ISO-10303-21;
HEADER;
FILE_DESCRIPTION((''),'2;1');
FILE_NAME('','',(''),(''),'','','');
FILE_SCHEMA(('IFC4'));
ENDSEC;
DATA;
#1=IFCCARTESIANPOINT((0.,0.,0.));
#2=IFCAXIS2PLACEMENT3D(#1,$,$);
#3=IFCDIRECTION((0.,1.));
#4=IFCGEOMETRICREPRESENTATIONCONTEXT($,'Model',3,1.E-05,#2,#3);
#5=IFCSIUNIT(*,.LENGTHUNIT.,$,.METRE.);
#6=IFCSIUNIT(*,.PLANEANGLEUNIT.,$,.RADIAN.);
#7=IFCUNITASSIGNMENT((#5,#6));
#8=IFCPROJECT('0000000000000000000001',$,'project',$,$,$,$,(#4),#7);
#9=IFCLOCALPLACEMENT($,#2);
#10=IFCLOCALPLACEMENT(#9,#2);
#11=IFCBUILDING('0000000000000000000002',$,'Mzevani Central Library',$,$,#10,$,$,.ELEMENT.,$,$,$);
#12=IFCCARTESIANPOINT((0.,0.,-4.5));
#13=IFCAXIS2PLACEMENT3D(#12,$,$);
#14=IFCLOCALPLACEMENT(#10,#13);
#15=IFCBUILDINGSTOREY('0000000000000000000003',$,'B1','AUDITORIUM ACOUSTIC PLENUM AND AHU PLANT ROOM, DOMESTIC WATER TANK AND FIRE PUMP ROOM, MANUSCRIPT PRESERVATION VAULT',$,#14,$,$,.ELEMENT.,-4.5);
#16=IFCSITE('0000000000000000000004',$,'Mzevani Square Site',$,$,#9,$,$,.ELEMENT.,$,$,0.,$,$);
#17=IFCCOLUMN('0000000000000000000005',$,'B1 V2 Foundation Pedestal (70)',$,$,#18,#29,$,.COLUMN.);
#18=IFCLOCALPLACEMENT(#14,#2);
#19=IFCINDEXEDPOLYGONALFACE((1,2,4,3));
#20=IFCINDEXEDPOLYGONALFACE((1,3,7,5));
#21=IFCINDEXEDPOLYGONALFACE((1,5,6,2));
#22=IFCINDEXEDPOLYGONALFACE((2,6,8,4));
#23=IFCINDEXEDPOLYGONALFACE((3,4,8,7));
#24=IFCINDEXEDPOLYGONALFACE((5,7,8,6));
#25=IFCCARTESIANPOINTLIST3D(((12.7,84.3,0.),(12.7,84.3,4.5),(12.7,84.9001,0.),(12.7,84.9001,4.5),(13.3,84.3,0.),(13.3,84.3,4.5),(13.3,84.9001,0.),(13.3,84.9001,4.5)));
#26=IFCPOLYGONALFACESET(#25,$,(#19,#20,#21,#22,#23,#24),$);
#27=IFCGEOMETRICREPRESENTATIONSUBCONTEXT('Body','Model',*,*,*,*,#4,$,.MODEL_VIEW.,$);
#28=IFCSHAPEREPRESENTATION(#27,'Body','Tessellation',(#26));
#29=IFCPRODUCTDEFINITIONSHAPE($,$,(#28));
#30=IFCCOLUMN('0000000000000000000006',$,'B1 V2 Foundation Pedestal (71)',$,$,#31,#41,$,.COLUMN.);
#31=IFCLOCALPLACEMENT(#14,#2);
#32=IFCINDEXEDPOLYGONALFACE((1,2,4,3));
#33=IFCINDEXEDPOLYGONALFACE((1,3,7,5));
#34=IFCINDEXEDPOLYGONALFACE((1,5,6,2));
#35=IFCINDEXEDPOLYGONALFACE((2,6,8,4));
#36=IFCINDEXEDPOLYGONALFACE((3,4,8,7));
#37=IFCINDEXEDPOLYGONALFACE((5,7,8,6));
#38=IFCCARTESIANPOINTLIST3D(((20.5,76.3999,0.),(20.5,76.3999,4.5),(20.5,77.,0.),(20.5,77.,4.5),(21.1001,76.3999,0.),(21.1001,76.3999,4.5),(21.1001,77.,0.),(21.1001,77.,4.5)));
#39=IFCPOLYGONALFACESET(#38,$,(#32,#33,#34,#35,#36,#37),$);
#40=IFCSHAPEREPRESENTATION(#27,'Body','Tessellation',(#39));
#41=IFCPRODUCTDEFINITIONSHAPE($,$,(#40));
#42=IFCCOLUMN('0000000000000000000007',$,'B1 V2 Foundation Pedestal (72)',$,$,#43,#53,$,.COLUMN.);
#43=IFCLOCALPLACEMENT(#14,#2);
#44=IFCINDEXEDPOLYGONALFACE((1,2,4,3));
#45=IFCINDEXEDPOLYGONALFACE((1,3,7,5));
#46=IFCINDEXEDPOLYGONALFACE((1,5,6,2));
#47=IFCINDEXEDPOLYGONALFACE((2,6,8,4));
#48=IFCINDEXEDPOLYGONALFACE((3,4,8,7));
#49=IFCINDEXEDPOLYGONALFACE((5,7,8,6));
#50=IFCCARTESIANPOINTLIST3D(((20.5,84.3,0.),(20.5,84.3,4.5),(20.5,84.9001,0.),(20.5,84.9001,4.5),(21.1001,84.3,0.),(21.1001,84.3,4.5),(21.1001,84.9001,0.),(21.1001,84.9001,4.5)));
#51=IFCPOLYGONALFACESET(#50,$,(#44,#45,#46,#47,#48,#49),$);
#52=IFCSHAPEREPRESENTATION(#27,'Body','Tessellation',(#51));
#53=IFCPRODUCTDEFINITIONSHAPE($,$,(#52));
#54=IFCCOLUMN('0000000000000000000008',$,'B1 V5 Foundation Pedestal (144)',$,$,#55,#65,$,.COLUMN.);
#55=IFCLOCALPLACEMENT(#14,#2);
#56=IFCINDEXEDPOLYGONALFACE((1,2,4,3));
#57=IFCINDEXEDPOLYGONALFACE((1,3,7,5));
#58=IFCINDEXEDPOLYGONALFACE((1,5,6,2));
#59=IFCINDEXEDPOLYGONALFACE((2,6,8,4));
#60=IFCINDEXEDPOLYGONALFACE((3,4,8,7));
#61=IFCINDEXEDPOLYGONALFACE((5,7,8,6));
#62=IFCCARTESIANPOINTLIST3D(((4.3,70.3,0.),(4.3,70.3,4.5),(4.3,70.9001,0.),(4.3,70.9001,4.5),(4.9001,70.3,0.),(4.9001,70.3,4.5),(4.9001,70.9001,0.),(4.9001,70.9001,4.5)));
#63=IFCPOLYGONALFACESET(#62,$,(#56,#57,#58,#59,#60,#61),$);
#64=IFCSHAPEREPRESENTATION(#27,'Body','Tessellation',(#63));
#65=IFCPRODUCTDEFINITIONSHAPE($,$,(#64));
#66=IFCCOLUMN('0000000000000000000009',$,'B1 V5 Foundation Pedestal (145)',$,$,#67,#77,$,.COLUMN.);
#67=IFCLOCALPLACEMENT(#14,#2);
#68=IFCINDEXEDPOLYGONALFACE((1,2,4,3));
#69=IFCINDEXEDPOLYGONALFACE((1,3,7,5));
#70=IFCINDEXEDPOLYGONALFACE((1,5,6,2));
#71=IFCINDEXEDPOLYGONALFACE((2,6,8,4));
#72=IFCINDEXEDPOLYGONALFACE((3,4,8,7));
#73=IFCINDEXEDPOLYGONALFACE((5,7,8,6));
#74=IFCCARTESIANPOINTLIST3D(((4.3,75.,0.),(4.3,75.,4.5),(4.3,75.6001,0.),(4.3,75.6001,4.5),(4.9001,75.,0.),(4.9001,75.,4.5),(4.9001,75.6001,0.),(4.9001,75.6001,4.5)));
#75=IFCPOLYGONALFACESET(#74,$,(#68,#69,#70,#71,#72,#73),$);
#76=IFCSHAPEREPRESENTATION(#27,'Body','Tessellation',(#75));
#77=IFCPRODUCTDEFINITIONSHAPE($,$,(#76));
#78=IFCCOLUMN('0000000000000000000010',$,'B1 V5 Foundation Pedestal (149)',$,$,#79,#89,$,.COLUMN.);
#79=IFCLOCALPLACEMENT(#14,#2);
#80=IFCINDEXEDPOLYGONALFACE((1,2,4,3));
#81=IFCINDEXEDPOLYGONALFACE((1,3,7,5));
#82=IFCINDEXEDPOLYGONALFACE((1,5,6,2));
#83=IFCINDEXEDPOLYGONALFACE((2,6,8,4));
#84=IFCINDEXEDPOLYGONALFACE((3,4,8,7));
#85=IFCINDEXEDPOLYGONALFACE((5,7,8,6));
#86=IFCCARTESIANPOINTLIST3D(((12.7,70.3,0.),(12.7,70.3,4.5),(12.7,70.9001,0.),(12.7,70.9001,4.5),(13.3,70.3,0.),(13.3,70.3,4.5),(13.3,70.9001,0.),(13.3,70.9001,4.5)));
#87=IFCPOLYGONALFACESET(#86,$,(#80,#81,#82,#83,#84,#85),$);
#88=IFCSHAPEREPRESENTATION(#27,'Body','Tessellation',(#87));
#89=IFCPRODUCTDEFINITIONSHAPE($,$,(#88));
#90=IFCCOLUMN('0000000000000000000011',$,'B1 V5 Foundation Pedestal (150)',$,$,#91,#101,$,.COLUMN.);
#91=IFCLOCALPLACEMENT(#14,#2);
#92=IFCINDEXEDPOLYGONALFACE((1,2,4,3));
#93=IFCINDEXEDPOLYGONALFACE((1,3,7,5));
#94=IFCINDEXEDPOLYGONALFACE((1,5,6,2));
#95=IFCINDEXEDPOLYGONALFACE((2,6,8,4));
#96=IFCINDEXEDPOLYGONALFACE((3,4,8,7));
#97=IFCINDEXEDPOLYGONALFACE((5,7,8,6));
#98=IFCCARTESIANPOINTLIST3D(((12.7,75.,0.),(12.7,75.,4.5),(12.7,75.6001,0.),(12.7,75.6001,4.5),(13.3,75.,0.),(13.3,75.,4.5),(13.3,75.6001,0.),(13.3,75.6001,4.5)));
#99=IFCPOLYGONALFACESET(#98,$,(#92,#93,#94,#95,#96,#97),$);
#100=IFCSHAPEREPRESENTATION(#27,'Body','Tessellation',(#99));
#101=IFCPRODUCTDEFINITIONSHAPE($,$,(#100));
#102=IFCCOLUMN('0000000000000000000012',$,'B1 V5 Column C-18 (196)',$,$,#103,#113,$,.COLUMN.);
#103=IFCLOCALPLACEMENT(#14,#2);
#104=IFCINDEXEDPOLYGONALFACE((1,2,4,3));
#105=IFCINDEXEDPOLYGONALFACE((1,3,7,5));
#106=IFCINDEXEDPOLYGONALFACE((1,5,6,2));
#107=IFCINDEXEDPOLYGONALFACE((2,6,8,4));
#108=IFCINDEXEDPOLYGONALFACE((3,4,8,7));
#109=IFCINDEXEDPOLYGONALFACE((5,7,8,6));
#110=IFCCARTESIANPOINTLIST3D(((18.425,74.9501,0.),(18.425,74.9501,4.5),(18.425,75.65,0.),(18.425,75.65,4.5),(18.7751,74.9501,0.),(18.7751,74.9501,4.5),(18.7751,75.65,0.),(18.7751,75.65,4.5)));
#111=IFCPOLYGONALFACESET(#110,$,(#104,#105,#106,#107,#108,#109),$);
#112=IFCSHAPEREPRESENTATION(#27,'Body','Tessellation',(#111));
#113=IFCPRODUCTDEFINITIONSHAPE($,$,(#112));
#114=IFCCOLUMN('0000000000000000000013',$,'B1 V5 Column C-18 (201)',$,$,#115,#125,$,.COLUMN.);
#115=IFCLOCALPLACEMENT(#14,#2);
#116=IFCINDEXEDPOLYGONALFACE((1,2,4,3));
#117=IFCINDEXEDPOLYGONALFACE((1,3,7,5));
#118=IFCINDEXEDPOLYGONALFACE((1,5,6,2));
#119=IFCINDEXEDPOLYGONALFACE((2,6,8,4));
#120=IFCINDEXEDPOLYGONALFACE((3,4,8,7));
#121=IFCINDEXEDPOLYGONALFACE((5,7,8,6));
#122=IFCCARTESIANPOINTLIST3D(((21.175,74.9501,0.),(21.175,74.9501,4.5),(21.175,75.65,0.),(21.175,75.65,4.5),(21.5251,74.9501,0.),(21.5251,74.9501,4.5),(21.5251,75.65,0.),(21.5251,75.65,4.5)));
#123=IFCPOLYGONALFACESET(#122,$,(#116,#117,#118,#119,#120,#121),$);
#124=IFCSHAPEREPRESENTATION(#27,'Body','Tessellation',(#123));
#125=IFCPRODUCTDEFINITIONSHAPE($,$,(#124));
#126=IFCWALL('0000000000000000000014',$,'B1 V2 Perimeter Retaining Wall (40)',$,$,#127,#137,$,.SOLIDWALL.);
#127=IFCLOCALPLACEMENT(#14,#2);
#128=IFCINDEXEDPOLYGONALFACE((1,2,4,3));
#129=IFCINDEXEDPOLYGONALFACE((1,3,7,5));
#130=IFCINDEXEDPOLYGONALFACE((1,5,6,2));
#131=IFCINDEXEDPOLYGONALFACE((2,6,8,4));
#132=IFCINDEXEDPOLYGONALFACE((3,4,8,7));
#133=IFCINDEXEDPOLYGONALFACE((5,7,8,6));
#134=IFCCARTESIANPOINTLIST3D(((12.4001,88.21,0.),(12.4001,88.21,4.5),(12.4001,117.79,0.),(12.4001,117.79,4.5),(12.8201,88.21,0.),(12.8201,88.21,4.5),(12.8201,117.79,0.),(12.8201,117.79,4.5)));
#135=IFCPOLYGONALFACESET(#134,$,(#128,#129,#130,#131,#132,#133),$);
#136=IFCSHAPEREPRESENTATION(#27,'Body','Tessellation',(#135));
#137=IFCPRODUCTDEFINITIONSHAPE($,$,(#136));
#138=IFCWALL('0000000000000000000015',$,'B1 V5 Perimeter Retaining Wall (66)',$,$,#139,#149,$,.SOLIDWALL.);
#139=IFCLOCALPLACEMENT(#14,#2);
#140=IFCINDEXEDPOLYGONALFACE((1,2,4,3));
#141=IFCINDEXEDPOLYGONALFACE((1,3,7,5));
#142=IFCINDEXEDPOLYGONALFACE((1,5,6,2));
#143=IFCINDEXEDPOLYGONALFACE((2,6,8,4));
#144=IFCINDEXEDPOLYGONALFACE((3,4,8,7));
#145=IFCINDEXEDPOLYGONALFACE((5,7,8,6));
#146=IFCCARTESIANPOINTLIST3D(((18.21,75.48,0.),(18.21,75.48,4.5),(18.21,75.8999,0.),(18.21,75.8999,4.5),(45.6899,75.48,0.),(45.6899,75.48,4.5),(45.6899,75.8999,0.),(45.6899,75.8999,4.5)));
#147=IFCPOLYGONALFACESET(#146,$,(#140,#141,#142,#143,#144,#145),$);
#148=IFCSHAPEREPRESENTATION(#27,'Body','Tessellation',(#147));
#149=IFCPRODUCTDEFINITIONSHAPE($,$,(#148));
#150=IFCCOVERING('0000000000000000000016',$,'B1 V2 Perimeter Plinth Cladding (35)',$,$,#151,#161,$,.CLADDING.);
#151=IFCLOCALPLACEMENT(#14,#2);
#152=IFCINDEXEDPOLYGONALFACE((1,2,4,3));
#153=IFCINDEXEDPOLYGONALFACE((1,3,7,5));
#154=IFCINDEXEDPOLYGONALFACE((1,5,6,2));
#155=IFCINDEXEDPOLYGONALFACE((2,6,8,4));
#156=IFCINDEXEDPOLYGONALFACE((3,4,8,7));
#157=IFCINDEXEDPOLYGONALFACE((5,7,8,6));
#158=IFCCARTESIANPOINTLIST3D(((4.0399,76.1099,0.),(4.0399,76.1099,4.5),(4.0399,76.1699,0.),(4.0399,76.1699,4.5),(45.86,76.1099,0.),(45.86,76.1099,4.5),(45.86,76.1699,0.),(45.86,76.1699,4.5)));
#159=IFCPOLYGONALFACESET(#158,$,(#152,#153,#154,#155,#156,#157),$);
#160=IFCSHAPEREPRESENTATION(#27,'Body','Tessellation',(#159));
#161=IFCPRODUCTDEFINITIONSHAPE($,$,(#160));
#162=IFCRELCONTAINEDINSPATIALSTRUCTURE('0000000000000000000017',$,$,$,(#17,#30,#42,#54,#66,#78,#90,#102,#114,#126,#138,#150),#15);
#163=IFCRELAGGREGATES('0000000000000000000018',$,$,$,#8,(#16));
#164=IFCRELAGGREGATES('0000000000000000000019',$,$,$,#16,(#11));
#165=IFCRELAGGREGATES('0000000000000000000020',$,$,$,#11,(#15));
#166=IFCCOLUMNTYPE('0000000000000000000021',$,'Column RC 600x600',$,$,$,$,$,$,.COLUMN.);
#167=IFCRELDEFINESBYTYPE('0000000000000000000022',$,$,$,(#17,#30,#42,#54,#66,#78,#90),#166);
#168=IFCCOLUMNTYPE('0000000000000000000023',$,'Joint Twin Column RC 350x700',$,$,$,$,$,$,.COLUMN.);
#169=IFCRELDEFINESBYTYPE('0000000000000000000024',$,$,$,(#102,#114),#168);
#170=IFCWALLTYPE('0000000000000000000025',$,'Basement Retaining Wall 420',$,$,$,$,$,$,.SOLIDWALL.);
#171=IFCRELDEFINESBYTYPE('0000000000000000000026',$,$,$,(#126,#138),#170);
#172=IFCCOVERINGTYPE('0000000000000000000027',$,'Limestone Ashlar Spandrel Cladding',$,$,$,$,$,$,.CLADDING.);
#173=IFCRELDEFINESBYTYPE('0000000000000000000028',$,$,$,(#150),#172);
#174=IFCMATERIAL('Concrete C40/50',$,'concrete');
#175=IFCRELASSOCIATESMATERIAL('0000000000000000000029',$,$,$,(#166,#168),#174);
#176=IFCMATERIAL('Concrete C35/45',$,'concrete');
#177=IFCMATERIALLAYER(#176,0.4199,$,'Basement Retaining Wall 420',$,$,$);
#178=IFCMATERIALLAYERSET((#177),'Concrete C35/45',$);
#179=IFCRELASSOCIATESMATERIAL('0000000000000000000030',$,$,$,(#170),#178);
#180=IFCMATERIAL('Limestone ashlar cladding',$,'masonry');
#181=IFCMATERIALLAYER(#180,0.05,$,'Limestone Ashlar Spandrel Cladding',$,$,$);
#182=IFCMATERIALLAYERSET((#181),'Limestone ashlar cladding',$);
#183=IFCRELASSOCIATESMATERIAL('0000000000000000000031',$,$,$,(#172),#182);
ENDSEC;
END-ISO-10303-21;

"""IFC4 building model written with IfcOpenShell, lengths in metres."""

from ifc_helpers import new_model, si_unit, direction, frame, frame_2d, origin, origin_2d, place, context, subcontext, project, spatial, rectangle, extrude, material, layer, layer_set, material_profile, profile_set, type_object, element, save


model = new_model("IFC4")

# Units and contexts
model_context = context("Model", 3, precision=1e-05, world=origin(), true_north=direction((0.0, 1.0)))
body_context = subcontext(model_context, "Body", "Model", "MODEL_VIEW")
ifc_project = project(units=[si_unit("LENGTHUNIT", "METRE"), si_unit("PLANEANGLEUNIT", "RADIAN")], contexts=[model_context])

# Site, building, storey
site_placement = place(None, origin())
site = spatial("IfcSite", under=ifc_project, at=site_placement, Name="Mzevani Square Site", CompositionType="ELEMENT", RefElevation=0.0)
building_placement = place(site_placement, origin())
building = spatial("IfcBuilding", under=site, at=building_placement, Name="Mzevani Central Library", CompositionType="ELEMENT")
storey_placement = place(building_placement, frame((0.0, 0.0, -4.5)))
storey = spatial("IfcBuildingStorey", under=building, at=storey_placement, Name="B1", Description="AUDITORIUM ACOUSTIC PLENUM AND AHU PLANT ROOM, DOMESTIC WATER TANK AND FIRE PUMP ROOM, MANUSCRIPT PRESERVATION VAULT", CompositionType="ELEMENT", Elevation=-4.5)

# Shared definitions
ifc_material_1 = material(Name="Concrete C40/50", Category="concrete")

# Columns
ifc_material_profile_1 = material_profile(ifc_material_1, rectangle(XDim=0.6001, YDim=0.6001, at=origin_2d()), Name="RC 600x600")
ifc_profile_set_1 = profile_set([ifc_material_profile_1], Name="Concrete C40/50")
column_type_1 = type_object("IfcColumnType", Name="Column RC 600x600", PredefinedType="COLUMN", material=ifc_profile_set_1)
for number, where, z_axis, x_axis, name in (
    (1, (13.0, 84.6001, 0.0), (0.0, 0.0, 1.0), (1.0, 0.0, 0.0), "B1 V2 Foundation Pedestal (70)"),
    (2, (20.8, 76.7, 0.0), (0.0, 0.0, 1.0), (1.0, 0.0, 0.0), "B1 V2 Foundation Pedestal (71)"),
    (3, (20.8, 84.6001, 0.0), (0.0, 0.0, 1.0), (1.0, 0.0, 0.0), "B1 V2 Foundation Pedestal (72)"),
    (4, (4.6001, 70.6001, 0.0), (0.0, 0.0, 1.0), (1.0, 0.0, 0.0), "B1 V5 Foundation Pedestal (144)"),
    (5, (4.6001, 75.3, 0.0), (0.0, 0.0, 1.0), (1.0, 0.0, 0.0), "B1 V5 Foundation Pedestal (145)"),
    (6, (13.0, 70.6001, 0.0), (0.0, 0.0, 1.0), (1.0, 0.0, 0.0), "B1 V5 Foundation Pedestal (149)"),
    (7, (13.0, 75.3, 0.0), (0.0, 0.0, 1.0), (1.0, 0.0, 0.0), "B1 V5 Foundation Pedestal (150)"),
):
    element("IfcColumn", number, at=place(storey_placement, frame(where, z_axis=z_axis, x_axis=x_axis)), inside=storey, type_object=column_type_1, Name=name, PredefinedType="COLUMN", context=body_context, shape_type="SweptSolid", body=[
        extrude(rectangle(XDim=0.6001, YDim=0.6001, at=origin_2d()), origin(), (0.0, 0.0, 1.0), 4.5),
    ])
ifc_material_profile_2 = material_profile(ifc_material_1, rectangle(XDim=0.3501, YDim=0.7, at=origin_2d()), Name="RC 350x700")
ifc_profile_set_2 = profile_set([ifc_material_profile_2], Name="Concrete C40/50")
column_type_2 = type_object("IfcColumnType", Name="Joint Twin Column RC 350x700", PredefinedType="COLUMN", material=ifc_profile_set_2)
for number, where, z_axis, x_axis, name in (
    (8, (18.6001, 75.3, 0.0), (0.0, 0.0, 1.0), (1.0, 0.0, 0.0), "B1 V5 Column C-18 (196)"),
    (9, (21.3501, 75.3, 0.0), (0.0, 0.0, 1.0), (1.0, 0.0, 0.0), "B1 V5 Column C-18 (201)"),
):
    element("IfcColumn", number, at=place(storey_placement, frame(where, z_axis=z_axis, x_axis=x_axis)), inside=storey, type_object=column_type_2, Name=name, PredefinedType="COLUMN", context=body_context, shape_type="SweptSolid", body=[
        extrude(rectangle(XDim=0.3501, YDim=0.7, at=origin_2d()), origin(), (0.0, 0.0, 1.0), 4.5),
    ])

# Walls
ifc_material_2 = material(Name="Concrete C35/45", Category="concrete")
ifc_layer_1 = layer(ifc_material_2, 0.4199, Name="Basement Retaining Wall 420")
ifc_layer_set_1 = layer_set([ifc_layer_1], Name="Concrete C35/45")
wall_type = type_object("IfcWallType", Name="Basement Retaining Wall 420", PredefinedType="SOLIDWALL", material=ifc_layer_set_1)
wall_1_placement = place(storey_placement, frame((12.6101, 88.21, 0.0), z_axis=(0.0, 0.0, 1.0), x_axis=(0.0, 1.0, 0.0)))
element("IfcWall", 10, at=wall_1_placement, inside=storey, type_object=wall_type, Name="B1 V2 Perimeter Retaining Wall (40)", PredefinedType="SOLIDWALL", context=body_context, shape_type="SweptSolid", body=[
    extrude(rectangle(XDim=29.5801, YDim=0.4199, at=frame_2d((14.79, 0.0))), origin(), (0.0, 0.0, 1.0), 4.5),
])
wall_2_placement = place(storey_placement, frame((18.21, 75.6899, 0.0), z_axis=(0.0, 0.0, 1.0), x_axis=(1.0, 0.0, 0.0)))
element("IfcWall", 11, at=wall_2_placement, inside=storey, type_object=wall_type, Name="B1 V5 Perimeter Retaining Wall (66)", PredefinedType="SOLIDWALL", context=body_context, shape_type="SweptSolid", body=[
    extrude(rectangle(XDim=27.48, YDim=0.4199, at=frame_2d((13.74, 0.0))), origin(), (0.0, 0.0, 1.0), 4.5),
])

# Covering
ifc_material_3 = material(Name="Limestone ashlar cladding", Category="masonry")
ifc_layer_2 = layer(ifc_material_3, 0.05, Name="Limestone Ashlar Spandrel Cladding")
ifc_layer_set_2 = layer_set([ifc_layer_2], Name="Limestone ashlar cladding")
covering_type = type_object("IfcCoveringType", Name="Limestone Ashlar Spandrel Cladding", PredefinedType="CLADDING", material=ifc_layer_set_2)
covering_placement = place(storey_placement, frame((24.95, 76.1399, 0.0), z_axis=(0.0, 0.0, 1.0), x_axis=(-1.0, 0.0, 0.0)))
element("IfcCovering", 12, at=covering_placement, inside=storey, type_object=covering_type, Name="B1 V2 Perimeter Plinth Cladding (35)", PredefinedType="CLADDING", context=body_context, shape_type="SweptSolid", body=[
    extrude(rectangle(XDim=41.8201, YDim=0.0601, at=origin_2d()), origin(), (0.0, 0.0, 1.0), 4.5),
])

save(model, "model.ifc")
